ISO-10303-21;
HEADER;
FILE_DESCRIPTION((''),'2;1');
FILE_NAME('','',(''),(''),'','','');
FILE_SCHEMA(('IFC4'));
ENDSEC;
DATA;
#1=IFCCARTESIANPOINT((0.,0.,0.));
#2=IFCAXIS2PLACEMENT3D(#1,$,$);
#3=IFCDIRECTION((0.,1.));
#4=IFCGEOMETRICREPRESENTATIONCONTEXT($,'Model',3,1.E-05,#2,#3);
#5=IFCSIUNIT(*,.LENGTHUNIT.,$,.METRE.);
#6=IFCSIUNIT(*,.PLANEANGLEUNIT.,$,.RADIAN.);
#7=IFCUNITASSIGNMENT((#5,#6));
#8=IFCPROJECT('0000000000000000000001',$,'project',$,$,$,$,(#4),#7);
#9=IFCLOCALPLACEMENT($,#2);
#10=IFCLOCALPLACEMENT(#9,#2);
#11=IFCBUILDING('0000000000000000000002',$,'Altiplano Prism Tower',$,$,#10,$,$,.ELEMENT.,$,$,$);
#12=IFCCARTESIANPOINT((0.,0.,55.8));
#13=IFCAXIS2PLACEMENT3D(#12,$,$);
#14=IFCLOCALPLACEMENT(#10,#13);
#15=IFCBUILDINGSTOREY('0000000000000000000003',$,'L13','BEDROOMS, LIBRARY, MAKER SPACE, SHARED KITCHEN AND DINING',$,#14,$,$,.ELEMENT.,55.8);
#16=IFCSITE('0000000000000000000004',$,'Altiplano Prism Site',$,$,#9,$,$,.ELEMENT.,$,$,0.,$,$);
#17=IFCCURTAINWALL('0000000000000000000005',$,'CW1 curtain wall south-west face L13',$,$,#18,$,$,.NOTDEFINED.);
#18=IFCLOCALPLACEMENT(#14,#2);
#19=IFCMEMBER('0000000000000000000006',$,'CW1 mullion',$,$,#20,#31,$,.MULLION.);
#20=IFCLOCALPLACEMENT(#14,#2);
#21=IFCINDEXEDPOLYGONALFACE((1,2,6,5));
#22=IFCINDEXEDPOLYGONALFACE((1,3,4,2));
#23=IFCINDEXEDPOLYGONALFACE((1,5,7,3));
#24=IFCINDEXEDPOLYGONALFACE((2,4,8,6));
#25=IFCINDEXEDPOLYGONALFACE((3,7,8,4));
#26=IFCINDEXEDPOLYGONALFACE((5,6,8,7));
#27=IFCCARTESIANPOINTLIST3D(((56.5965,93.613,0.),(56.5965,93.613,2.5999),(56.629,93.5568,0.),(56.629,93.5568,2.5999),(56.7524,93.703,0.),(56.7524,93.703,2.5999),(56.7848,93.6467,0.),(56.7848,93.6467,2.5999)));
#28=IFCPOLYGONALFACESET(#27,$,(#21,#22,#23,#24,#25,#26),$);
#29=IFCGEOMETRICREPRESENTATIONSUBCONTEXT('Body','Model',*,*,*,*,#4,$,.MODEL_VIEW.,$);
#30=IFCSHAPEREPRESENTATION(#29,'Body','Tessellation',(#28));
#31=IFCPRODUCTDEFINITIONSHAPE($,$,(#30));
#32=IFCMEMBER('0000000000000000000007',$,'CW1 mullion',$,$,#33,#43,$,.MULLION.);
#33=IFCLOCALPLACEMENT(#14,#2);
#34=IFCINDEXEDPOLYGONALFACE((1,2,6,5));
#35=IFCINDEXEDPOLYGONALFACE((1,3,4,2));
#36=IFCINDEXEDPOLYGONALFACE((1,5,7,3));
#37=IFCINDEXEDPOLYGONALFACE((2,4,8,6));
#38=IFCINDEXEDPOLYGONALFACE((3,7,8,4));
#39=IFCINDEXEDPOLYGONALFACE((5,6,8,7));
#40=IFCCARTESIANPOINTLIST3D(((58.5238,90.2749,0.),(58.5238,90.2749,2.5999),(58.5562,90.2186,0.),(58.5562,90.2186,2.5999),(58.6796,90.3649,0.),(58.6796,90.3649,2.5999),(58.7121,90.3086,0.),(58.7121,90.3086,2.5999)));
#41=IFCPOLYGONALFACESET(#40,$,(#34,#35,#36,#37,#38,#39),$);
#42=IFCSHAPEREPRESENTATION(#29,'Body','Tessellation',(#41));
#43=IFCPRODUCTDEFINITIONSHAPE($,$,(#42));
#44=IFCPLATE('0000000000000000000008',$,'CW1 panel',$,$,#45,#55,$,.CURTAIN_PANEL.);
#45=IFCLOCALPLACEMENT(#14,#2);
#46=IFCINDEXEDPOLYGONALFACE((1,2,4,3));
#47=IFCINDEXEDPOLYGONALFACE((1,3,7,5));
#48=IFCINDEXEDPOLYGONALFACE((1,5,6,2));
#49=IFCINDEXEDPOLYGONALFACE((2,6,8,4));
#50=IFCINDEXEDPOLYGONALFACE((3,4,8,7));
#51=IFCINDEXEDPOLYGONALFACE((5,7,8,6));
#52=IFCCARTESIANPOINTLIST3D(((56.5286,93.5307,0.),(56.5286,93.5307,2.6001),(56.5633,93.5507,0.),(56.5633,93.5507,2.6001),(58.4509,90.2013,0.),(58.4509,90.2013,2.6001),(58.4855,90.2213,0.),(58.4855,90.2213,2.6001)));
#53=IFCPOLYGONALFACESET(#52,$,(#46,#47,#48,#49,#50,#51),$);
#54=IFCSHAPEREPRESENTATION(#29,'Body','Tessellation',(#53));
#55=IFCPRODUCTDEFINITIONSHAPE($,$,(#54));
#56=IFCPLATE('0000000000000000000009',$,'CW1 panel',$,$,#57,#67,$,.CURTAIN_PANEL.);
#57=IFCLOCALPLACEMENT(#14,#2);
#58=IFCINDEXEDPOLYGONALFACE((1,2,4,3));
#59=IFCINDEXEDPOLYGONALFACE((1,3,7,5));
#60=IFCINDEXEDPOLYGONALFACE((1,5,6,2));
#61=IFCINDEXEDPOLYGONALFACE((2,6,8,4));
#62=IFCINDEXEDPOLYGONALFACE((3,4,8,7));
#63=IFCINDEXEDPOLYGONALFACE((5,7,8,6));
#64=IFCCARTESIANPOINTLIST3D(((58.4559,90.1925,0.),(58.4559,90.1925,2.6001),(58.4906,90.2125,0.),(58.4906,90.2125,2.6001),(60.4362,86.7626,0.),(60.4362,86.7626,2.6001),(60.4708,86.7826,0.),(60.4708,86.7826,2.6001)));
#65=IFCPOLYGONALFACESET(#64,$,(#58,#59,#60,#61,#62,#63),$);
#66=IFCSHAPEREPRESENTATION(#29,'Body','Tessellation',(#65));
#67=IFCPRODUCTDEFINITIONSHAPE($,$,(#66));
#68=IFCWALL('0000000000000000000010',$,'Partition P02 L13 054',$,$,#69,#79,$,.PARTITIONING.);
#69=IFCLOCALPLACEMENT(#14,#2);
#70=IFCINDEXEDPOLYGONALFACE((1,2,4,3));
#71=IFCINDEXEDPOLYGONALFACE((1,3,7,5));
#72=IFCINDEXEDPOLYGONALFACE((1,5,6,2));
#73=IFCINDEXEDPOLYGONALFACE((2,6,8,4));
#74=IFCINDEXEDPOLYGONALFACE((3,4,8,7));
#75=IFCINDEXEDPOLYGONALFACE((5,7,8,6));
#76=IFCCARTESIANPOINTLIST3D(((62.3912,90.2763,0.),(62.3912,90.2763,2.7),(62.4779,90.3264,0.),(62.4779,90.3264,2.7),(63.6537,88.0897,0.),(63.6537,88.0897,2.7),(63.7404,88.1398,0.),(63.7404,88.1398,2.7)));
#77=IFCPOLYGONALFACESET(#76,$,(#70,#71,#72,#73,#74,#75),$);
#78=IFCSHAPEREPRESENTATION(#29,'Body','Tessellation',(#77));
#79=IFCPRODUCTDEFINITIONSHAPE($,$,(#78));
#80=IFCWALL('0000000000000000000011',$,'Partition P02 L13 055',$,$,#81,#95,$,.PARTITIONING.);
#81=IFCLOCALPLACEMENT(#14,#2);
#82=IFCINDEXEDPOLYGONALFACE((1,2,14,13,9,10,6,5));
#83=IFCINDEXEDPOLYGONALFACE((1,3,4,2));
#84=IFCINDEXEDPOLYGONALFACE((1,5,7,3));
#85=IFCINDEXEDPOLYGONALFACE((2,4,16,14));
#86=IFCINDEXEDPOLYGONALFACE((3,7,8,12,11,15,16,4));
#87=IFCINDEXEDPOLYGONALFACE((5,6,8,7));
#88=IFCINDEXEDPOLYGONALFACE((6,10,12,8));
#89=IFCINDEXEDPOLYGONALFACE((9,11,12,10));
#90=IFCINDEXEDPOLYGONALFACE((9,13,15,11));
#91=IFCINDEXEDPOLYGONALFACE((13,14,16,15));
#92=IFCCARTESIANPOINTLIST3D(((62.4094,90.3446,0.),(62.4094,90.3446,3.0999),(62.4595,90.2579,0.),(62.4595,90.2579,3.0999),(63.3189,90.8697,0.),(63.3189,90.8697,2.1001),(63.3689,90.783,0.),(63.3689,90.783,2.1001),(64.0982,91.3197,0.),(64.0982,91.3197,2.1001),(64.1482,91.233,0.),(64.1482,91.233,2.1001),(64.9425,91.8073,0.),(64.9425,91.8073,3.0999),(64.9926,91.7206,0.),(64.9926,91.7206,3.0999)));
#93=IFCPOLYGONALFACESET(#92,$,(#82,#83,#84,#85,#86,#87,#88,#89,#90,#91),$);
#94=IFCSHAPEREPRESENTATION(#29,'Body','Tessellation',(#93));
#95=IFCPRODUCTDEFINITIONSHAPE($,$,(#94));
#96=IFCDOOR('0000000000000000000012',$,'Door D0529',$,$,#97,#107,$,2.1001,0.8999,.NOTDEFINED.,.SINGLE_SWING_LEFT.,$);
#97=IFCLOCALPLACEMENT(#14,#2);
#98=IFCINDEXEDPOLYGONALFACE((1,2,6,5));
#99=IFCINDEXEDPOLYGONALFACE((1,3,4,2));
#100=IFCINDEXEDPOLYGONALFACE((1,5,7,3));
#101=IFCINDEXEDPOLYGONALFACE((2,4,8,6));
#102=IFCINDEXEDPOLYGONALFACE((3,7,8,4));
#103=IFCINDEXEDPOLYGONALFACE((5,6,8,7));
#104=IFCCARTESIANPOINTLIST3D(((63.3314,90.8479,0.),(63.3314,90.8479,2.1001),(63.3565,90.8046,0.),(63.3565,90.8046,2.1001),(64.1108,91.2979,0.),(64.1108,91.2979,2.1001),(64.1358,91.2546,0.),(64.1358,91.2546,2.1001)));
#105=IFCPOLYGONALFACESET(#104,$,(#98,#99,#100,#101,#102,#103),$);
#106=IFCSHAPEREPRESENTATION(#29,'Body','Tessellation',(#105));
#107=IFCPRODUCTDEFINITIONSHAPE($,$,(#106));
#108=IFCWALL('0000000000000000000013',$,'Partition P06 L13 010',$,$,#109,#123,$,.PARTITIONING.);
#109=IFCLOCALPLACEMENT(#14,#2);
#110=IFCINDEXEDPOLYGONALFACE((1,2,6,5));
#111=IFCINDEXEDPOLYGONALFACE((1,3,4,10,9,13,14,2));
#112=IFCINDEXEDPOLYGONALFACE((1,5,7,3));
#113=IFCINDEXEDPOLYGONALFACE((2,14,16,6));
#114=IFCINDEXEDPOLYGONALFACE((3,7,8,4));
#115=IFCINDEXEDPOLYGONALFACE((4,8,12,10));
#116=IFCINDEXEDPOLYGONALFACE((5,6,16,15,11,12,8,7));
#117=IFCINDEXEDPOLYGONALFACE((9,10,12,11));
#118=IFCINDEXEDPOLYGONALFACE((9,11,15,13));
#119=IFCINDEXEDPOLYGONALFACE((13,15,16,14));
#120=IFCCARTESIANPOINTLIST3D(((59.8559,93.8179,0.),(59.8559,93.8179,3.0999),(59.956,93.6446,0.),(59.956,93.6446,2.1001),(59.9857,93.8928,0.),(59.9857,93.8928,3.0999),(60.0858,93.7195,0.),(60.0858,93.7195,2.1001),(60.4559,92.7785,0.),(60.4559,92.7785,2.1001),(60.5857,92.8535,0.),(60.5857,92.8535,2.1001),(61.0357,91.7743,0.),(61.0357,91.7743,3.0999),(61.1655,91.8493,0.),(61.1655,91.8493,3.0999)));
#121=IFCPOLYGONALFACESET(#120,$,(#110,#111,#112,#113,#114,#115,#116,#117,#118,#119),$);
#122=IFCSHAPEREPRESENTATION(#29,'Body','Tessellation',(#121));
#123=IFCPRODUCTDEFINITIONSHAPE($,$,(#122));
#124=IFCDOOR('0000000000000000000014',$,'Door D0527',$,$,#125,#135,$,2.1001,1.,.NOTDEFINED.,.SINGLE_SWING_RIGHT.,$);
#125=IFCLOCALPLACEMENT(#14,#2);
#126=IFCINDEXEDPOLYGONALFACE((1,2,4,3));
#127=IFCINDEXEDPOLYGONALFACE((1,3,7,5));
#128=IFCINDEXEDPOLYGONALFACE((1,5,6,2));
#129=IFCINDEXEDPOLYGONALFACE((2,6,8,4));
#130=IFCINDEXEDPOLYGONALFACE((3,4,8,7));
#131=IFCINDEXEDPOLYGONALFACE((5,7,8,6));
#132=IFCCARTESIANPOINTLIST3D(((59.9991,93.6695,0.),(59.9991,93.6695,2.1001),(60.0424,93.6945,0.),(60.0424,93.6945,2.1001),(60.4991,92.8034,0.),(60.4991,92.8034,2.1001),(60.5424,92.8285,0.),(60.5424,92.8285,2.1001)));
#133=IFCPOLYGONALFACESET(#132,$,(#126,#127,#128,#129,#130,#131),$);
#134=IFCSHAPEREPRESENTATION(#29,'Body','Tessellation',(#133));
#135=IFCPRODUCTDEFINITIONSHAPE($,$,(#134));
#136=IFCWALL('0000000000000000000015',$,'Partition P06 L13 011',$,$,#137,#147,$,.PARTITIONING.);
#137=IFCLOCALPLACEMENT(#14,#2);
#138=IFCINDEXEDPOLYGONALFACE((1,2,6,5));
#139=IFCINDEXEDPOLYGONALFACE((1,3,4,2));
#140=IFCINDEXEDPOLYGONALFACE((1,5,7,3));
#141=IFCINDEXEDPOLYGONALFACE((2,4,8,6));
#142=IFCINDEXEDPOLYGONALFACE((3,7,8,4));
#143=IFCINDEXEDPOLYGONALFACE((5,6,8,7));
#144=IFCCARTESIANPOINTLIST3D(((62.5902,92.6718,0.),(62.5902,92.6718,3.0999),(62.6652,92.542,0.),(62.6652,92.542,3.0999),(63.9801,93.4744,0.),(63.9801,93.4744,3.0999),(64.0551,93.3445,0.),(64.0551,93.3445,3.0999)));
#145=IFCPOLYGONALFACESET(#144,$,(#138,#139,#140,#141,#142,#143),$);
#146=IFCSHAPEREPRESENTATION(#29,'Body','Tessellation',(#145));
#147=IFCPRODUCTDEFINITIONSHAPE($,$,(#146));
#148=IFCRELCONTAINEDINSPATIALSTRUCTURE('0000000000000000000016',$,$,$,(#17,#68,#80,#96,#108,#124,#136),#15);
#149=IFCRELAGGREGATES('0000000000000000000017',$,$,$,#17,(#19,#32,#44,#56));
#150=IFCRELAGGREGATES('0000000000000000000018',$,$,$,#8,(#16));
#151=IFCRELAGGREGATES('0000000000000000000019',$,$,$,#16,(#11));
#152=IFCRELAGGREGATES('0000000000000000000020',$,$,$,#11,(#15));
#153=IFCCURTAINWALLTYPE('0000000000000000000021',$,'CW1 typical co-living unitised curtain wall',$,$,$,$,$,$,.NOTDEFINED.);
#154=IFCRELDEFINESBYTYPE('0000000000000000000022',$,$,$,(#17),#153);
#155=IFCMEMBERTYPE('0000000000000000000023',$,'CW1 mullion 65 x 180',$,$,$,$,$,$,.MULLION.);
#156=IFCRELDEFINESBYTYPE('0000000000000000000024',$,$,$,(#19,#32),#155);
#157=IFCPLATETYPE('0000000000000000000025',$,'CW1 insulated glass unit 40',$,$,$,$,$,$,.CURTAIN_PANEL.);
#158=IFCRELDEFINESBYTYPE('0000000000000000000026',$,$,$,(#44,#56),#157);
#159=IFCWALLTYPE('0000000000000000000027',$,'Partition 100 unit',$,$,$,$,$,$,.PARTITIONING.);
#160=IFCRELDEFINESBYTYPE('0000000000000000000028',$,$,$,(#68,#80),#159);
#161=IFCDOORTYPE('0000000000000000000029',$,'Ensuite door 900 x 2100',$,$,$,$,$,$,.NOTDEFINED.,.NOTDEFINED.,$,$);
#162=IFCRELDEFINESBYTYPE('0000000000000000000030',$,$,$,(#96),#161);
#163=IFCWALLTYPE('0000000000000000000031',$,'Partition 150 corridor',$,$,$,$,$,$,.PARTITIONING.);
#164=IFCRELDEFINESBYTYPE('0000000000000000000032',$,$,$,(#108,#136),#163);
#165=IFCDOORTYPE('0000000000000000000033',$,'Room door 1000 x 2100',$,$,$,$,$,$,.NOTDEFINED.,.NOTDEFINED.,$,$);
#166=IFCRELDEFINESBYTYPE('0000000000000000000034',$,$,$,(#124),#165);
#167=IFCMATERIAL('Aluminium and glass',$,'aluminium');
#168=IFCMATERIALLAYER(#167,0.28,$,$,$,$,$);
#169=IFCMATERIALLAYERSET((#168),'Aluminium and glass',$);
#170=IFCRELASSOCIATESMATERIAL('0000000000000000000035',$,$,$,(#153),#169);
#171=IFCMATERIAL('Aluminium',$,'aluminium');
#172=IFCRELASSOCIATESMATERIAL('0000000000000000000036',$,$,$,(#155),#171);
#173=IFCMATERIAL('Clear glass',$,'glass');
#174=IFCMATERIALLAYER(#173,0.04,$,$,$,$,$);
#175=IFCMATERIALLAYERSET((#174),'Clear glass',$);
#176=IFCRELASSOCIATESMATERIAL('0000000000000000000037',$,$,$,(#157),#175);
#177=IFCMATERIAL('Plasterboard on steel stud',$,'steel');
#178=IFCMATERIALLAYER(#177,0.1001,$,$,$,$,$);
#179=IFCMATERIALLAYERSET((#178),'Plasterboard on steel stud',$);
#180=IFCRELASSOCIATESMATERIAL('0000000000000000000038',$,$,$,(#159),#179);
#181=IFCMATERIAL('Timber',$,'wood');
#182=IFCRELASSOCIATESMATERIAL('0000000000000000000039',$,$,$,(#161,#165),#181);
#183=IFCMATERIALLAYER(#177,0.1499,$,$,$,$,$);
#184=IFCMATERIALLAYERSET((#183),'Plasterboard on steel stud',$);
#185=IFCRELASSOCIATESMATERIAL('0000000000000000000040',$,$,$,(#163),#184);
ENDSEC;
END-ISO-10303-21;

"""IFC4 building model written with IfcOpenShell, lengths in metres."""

from ifc_helpers import new_model, si_unit, direction, frame, frame_2d, origin, origin_2d, place, context, subcontext, project, spatial, rectangle, extrude, material, layer, layer_set, material_profile, profile_set, type_object, element, fill, aggregate, save


model = new_model("IFC4")

# Units and contexts
model_context = context("Model", 3, precision=1e-05, world=origin(), true_north=direction((0.0, 1.0)))
body_context = subcontext(model_context, "Body", "Model", "MODEL_VIEW")
ifc_project = project(units=[si_unit("LENGTHUNIT", "METRE"), si_unit("PLANEANGLEUNIT", "RADIAN")], contexts=[model_context])

# Site, building, storey
site_placement = place(None, origin())
site = spatial("IfcSite", under=ifc_project, at=site_placement, Name="Altiplano Prism Site", CompositionType="ELEMENT", RefElevation=0.0)
building_placement = place(site_placement, origin())
building = spatial("IfcBuilding", under=site, at=building_placement, Name="Altiplano Prism Tower", CompositionType="ELEMENT")
storey_placement = place(building_placement, frame((0.0, 0.0, 55.8)))
storey = spatial("IfcBuildingStorey", under=building, at=storey_placement, Name="L13", Description="BEDROOMS, LIBRARY, MAKER SPACE, SHARED KITCHEN AND DINING", CompositionType="ELEMENT", Elevation=55.8)

# Curtain wall, members, plates
ifc_material_1 = material(Name="Aluminium and glass", Category="aluminium")
ifc_layer_1 = layer(ifc_material_1, 0.28)
ifc_layer_set_1 = layer_set([ifc_layer_1], Name="Aluminium and glass")
curtain_wall_type = type_object("IfcCurtainWallType", Name="CW1 typical co-living unitised curtain wall", PredefinedType="NOTDEFINED", material=ifc_layer_set_1)
curtain_wall_placement = place(storey_placement, origin())
curtain_wall = element("IfcCurtainWall", 1, at=curtain_wall_placement, inside=storey, type_object=curtain_wall_type, Name="CW1 curtain wall south-west face L13", PredefinedType="NOTDEFINED")
ifc_material_2 = material(Name="Aluminium", Category="aluminium")
ifc_material_profile = material_profile(ifc_material_2, rectangle(XDim=0.1799, YDim=0.0649, at=origin_2d()), Name="CW1 mullion 65 x 180")
ifc_profile_set = profile_set([ifc_material_profile], Name="Aluminium")
member_type = type_object("IfcMemberType", Name="CW1 mullion 65 x 180", PredefinedType="MULLION", material=ifc_profile_set)
member_1_placement = place(storey_placement, frame((56.6907, 93.6299, 0.0), z_axis=(0.0, 0.0, 1.0), x_axis=(0.866025, 0.5, 0.0)))
member_1 = element("IfcMember", 2, at=member_1_placement, type_object=member_type, Name="CW1 mullion", PredefinedType="MULLION", context=body_context, shape_type="SweptSolid", body=[
    extrude(rectangle(XDim=0.1799, YDim=0.0649, at=origin_2d()), origin(), (0.0, 0.0, 1.0), 2.5999),
])
member_2_placement = place(storey_placement, frame((58.6179, 90.2917, 0.0), z_axis=(0.0, 0.0, 1.0), x_axis=(0.866025, 0.5, 0.0)))
member_2 = element("IfcMember", 3, at=member_2_placement, type_object=member_type, Name="CW1 mullion", PredefinedType="MULLION", context=body_context, shape_type="SweptSolid", body=[
    extrude(rectangle(XDim=0.1799, YDim=0.0649, at=origin_2d()), origin(), (0.0, 0.0, 1.0), 2.5999),
])
ifc_material_3 = material(Name="Clear glass", Category="glass")
ifc_layer_2 = layer(ifc_material_3, 0.04)
ifc_layer_set_2 = layer_set([ifc_layer_2], Name="Clear glass")
plate_type = type_object("IfcPlateType", Name="CW1 insulated glass unit 40", PredefinedType="CURTAIN_PANEL", material=ifc_layer_set_2)
plate_1_placement = place(storey_placement, frame((57.5071, 91.876, 0.0), z_axis=(0.0, 0.0, 1.0), x_axis=(0.5, -0.866025, 0.0)))
plate_1 = element("IfcPlate", 4, at=plate_1_placement, type_object=plate_type, Name="CW1 panel", PredefinedType="CURTAIN_PANEL", context=body_context, shape_type="SweptSolid", body=[
    extrude(rectangle(XDim=3.8445, YDim=0.04, at=origin_2d()), origin(), (0.0, 0.0, 1.0), 2.6001),
])
plate_2_placement = place(storey_placement, frame((59.4634, 88.4875, 0.0), z_axis=(0.0, 0.0, 1.0), x_axis=(0.5, -0.866025, 0.0)))
plate_2 = element("IfcPlate", 5, at=plate_2_placement, type_object=plate_type, Name="CW1 panel", PredefinedType="CURTAIN_PANEL", context=body_context, shape_type="SweptSolid", body=[
    extrude(rectangle(XDim=3.9604, YDim=0.04, at=origin_2d()), origin(), (0.0, 0.0, 1.0), 2.6001),
])
aggregate(curtain_wall, [member_1, member_2, plate_1, plate_2])

# Wall
ifc_material_4 = material(Name="Plasterboard on steel stud", Category="steel")
ifc_layer_3 = layer(ifc_material_4, 0.1001)
ifc_layer_set_3 = layer_set([ifc_layer_3], Name="Plasterboard on steel stud")
wall_type_1 = type_object("IfcWallType", Name="Partition 100 unit", PredefinedType="PARTITIONING", material=ifc_layer_set_3)
wall_1_placement = place(storey_placement, frame((63.697, 88.1147, 0.0), z_axis=(0.0, 0.0, 1.0), x_axis=(-0.500018, 0.866015, 0.0)))
element("IfcWall", 6, at=wall_1_placement, inside=storey, type_object=wall_type_1, Name="Partition P02 L13 054", PredefinedType="PARTITIONING", context=body_context, shape_type="SweptSolid", body=[
    extrude(rectangle(XDim=2.5249, YDim=0.1001, at=frame_2d((1.2625, 0.0))), origin(), (0.0, 0.0, 1.0), 2.7),
])

# Walls, openings, doors
wall_2_placement = place(storey_placement, frame((62.4346, 90.3013, 0.0), z_axis=(0.0, 0.0, 1.0), x_axis=(0.86599, 0.500062, 0.0)))
wall_2 = element("IfcWall", 7, at=wall_2_placement, inside=storey, type_object=wall_type_1, Name="Partition P02 L13 055", PredefinedType="PARTITIONING", context=body_context, shape_type="SweptSolid", body=[
    extrude(rectangle(XDim=2.925, YDim=0.1001, at=frame_2d((1.4624, 0.0))), origin(), (0.0, 0.0, 1.0), 3.0999),
])
opening_1_placement = place(wall_2_placement, frame((1.05, 0.0, 0.0)))
opening_1 = element("IfcOpeningElement", 8, at=opening_1_placement, cuts=wall_2, PredefinedType="OPENING", context=body_context, shape_type="SweptSolid", body=[
    extrude(rectangle(XDim=0.8999, YDim=2.1001, at=frame_2d((0.45, 1.05))), frame((0.0, 0.0605, 0.0), z_axis=(0.0, -1.0, 0.0), x_axis=(1.0, 0.0, 0.0)), (0.0, 0.0, 1.0), 0.1211),
])
ifc_material_5 = material(Name="Timber", Category="wood")
door_type_1 = type_object("IfcDoorType", Name="Ensuite door 900 x 2100", OperationType="NOTDEFINED", PredefinedType="NOTDEFINED", material=ifc_material_5)
door_1_placement = place(opening_1_placement, origin())
door_1 = element("IfcDoor", 9, at=door_1_placement, inside=storey, type_object=door_type_1, Name="Door D0529", OperationType="SINGLE_SWING_LEFT", OverallHeight=2.1001, OverallWidth=0.8999, PredefinedType="NOTDEFINED", context=body_context, shape_type="SweptSolid", body=[
    extrude(rectangle(XDim=0.8999, YDim=2.1001, at=frame_2d((0.45, 1.05))), frame((0.0, 0.0249, 0.0), z_axis=(0.0, -1.0, 0.0), x_axis=(1.0, 0.0, 0.0)), (0.0, 0.0, 1.0), 0.05),
])
fill(opening_1, door_1)
ifc_layer_4 = layer(ifc_material_4, 0.1499)
ifc_layer_set_4 = layer_set([ifc_layer_4], Name="Plasterboard on steel stud")
wall_type_2 = type_object("IfcWallType", Name="Partition 150 corridor", PredefinedType="PARTITIONING", material=ifc_layer_set_4)
wall_3_placement = place(storey_placement, frame((59.9209, 93.8552, 0.0), z_axis=(0.0, 0.0, 1.0), x_axis=(0.499967, -0.866044, 0.0)))
wall_3 = element("IfcWall", 10, at=wall_3_placement, inside=storey, type_object=wall_type_2, Name="Partition P06 L13 010", PredefinedType="PARTITIONING", context=body_context, shape_type="SweptSolid", body=[
    extrude(rectangle(XDim=2.3596, YDim=0.1499, at=frame_2d((1.1797, 0.0))), origin(), (0.0, 0.0, 1.0), 3.0999),
])
opening_2_placement = place(wall_3_placement, frame((0.2, 0.0, 0.0)))
opening_2 = element("IfcOpeningElement", 11, at=opening_2_placement, cuts=wall_3, PredefinedType="OPENING", context=body_context, shape_type="SweptSolid", body=[
    extrude(rectangle(XDim=1.0, YDim=2.1001, at=frame_2d((0.5, 1.05))), frame((0.0, 0.0854, 0.0), z_axis=(0.0, -1.0, 0.0), x_axis=(1.0, 0.0, 0.0)), (0.0, 0.0, 1.0), 0.1709),
])
door_type_2 = type_object("IfcDoorType", Name="Room door 1000 x 2100", OperationType="NOTDEFINED", PredefinedType="NOTDEFINED", material=ifc_material_5)
door_2_placement = place(opening_2_placement, origin())
door_2 = element("IfcDoor", 12, at=door_2_placement, inside=storey, type_object=door_type_2, Name="Door D0527", OperationType="SINGLE_SWING_RIGHT", OverallHeight=2.1001, OverallWidth=1.0, PredefinedType="NOTDEFINED", context=body_context, shape_type="SweptSolid", body=[
    extrude(rectangle(XDim=1.0, YDim=2.1001, at=frame_2d((0.5, 1.05))), frame((0.0, 0.0249, 0.0), z_axis=(0.0, -1.0, 0.0), x_axis=(1.0, 0.0, 0.0)), (0.0, 0.0, 1.0), 0.05),
])
fill(opening_2, door_2)

# Wall
wall_4_placement = place(storey_placement, frame((62.6277, 92.6069, 0.0), z_axis=(0.0, 0.0, 1.0), x_axis=(0.866016, 0.500017, 0.0)))
element("IfcWall", 13, at=wall_4_placement, inside=storey, type_object=wall_type_2, Name="Partition P06 L13 011", PredefinedType="PARTITIONING", context=body_context, shape_type="SweptSolid", body=[
    extrude(rectangle(XDim=1.605, YDim=0.1499, at=frame_2d((0.8025, 0.0))), origin(), (0.0, 0.0, 1.0), 3.0999),
])

save(model, "model.ifc")
